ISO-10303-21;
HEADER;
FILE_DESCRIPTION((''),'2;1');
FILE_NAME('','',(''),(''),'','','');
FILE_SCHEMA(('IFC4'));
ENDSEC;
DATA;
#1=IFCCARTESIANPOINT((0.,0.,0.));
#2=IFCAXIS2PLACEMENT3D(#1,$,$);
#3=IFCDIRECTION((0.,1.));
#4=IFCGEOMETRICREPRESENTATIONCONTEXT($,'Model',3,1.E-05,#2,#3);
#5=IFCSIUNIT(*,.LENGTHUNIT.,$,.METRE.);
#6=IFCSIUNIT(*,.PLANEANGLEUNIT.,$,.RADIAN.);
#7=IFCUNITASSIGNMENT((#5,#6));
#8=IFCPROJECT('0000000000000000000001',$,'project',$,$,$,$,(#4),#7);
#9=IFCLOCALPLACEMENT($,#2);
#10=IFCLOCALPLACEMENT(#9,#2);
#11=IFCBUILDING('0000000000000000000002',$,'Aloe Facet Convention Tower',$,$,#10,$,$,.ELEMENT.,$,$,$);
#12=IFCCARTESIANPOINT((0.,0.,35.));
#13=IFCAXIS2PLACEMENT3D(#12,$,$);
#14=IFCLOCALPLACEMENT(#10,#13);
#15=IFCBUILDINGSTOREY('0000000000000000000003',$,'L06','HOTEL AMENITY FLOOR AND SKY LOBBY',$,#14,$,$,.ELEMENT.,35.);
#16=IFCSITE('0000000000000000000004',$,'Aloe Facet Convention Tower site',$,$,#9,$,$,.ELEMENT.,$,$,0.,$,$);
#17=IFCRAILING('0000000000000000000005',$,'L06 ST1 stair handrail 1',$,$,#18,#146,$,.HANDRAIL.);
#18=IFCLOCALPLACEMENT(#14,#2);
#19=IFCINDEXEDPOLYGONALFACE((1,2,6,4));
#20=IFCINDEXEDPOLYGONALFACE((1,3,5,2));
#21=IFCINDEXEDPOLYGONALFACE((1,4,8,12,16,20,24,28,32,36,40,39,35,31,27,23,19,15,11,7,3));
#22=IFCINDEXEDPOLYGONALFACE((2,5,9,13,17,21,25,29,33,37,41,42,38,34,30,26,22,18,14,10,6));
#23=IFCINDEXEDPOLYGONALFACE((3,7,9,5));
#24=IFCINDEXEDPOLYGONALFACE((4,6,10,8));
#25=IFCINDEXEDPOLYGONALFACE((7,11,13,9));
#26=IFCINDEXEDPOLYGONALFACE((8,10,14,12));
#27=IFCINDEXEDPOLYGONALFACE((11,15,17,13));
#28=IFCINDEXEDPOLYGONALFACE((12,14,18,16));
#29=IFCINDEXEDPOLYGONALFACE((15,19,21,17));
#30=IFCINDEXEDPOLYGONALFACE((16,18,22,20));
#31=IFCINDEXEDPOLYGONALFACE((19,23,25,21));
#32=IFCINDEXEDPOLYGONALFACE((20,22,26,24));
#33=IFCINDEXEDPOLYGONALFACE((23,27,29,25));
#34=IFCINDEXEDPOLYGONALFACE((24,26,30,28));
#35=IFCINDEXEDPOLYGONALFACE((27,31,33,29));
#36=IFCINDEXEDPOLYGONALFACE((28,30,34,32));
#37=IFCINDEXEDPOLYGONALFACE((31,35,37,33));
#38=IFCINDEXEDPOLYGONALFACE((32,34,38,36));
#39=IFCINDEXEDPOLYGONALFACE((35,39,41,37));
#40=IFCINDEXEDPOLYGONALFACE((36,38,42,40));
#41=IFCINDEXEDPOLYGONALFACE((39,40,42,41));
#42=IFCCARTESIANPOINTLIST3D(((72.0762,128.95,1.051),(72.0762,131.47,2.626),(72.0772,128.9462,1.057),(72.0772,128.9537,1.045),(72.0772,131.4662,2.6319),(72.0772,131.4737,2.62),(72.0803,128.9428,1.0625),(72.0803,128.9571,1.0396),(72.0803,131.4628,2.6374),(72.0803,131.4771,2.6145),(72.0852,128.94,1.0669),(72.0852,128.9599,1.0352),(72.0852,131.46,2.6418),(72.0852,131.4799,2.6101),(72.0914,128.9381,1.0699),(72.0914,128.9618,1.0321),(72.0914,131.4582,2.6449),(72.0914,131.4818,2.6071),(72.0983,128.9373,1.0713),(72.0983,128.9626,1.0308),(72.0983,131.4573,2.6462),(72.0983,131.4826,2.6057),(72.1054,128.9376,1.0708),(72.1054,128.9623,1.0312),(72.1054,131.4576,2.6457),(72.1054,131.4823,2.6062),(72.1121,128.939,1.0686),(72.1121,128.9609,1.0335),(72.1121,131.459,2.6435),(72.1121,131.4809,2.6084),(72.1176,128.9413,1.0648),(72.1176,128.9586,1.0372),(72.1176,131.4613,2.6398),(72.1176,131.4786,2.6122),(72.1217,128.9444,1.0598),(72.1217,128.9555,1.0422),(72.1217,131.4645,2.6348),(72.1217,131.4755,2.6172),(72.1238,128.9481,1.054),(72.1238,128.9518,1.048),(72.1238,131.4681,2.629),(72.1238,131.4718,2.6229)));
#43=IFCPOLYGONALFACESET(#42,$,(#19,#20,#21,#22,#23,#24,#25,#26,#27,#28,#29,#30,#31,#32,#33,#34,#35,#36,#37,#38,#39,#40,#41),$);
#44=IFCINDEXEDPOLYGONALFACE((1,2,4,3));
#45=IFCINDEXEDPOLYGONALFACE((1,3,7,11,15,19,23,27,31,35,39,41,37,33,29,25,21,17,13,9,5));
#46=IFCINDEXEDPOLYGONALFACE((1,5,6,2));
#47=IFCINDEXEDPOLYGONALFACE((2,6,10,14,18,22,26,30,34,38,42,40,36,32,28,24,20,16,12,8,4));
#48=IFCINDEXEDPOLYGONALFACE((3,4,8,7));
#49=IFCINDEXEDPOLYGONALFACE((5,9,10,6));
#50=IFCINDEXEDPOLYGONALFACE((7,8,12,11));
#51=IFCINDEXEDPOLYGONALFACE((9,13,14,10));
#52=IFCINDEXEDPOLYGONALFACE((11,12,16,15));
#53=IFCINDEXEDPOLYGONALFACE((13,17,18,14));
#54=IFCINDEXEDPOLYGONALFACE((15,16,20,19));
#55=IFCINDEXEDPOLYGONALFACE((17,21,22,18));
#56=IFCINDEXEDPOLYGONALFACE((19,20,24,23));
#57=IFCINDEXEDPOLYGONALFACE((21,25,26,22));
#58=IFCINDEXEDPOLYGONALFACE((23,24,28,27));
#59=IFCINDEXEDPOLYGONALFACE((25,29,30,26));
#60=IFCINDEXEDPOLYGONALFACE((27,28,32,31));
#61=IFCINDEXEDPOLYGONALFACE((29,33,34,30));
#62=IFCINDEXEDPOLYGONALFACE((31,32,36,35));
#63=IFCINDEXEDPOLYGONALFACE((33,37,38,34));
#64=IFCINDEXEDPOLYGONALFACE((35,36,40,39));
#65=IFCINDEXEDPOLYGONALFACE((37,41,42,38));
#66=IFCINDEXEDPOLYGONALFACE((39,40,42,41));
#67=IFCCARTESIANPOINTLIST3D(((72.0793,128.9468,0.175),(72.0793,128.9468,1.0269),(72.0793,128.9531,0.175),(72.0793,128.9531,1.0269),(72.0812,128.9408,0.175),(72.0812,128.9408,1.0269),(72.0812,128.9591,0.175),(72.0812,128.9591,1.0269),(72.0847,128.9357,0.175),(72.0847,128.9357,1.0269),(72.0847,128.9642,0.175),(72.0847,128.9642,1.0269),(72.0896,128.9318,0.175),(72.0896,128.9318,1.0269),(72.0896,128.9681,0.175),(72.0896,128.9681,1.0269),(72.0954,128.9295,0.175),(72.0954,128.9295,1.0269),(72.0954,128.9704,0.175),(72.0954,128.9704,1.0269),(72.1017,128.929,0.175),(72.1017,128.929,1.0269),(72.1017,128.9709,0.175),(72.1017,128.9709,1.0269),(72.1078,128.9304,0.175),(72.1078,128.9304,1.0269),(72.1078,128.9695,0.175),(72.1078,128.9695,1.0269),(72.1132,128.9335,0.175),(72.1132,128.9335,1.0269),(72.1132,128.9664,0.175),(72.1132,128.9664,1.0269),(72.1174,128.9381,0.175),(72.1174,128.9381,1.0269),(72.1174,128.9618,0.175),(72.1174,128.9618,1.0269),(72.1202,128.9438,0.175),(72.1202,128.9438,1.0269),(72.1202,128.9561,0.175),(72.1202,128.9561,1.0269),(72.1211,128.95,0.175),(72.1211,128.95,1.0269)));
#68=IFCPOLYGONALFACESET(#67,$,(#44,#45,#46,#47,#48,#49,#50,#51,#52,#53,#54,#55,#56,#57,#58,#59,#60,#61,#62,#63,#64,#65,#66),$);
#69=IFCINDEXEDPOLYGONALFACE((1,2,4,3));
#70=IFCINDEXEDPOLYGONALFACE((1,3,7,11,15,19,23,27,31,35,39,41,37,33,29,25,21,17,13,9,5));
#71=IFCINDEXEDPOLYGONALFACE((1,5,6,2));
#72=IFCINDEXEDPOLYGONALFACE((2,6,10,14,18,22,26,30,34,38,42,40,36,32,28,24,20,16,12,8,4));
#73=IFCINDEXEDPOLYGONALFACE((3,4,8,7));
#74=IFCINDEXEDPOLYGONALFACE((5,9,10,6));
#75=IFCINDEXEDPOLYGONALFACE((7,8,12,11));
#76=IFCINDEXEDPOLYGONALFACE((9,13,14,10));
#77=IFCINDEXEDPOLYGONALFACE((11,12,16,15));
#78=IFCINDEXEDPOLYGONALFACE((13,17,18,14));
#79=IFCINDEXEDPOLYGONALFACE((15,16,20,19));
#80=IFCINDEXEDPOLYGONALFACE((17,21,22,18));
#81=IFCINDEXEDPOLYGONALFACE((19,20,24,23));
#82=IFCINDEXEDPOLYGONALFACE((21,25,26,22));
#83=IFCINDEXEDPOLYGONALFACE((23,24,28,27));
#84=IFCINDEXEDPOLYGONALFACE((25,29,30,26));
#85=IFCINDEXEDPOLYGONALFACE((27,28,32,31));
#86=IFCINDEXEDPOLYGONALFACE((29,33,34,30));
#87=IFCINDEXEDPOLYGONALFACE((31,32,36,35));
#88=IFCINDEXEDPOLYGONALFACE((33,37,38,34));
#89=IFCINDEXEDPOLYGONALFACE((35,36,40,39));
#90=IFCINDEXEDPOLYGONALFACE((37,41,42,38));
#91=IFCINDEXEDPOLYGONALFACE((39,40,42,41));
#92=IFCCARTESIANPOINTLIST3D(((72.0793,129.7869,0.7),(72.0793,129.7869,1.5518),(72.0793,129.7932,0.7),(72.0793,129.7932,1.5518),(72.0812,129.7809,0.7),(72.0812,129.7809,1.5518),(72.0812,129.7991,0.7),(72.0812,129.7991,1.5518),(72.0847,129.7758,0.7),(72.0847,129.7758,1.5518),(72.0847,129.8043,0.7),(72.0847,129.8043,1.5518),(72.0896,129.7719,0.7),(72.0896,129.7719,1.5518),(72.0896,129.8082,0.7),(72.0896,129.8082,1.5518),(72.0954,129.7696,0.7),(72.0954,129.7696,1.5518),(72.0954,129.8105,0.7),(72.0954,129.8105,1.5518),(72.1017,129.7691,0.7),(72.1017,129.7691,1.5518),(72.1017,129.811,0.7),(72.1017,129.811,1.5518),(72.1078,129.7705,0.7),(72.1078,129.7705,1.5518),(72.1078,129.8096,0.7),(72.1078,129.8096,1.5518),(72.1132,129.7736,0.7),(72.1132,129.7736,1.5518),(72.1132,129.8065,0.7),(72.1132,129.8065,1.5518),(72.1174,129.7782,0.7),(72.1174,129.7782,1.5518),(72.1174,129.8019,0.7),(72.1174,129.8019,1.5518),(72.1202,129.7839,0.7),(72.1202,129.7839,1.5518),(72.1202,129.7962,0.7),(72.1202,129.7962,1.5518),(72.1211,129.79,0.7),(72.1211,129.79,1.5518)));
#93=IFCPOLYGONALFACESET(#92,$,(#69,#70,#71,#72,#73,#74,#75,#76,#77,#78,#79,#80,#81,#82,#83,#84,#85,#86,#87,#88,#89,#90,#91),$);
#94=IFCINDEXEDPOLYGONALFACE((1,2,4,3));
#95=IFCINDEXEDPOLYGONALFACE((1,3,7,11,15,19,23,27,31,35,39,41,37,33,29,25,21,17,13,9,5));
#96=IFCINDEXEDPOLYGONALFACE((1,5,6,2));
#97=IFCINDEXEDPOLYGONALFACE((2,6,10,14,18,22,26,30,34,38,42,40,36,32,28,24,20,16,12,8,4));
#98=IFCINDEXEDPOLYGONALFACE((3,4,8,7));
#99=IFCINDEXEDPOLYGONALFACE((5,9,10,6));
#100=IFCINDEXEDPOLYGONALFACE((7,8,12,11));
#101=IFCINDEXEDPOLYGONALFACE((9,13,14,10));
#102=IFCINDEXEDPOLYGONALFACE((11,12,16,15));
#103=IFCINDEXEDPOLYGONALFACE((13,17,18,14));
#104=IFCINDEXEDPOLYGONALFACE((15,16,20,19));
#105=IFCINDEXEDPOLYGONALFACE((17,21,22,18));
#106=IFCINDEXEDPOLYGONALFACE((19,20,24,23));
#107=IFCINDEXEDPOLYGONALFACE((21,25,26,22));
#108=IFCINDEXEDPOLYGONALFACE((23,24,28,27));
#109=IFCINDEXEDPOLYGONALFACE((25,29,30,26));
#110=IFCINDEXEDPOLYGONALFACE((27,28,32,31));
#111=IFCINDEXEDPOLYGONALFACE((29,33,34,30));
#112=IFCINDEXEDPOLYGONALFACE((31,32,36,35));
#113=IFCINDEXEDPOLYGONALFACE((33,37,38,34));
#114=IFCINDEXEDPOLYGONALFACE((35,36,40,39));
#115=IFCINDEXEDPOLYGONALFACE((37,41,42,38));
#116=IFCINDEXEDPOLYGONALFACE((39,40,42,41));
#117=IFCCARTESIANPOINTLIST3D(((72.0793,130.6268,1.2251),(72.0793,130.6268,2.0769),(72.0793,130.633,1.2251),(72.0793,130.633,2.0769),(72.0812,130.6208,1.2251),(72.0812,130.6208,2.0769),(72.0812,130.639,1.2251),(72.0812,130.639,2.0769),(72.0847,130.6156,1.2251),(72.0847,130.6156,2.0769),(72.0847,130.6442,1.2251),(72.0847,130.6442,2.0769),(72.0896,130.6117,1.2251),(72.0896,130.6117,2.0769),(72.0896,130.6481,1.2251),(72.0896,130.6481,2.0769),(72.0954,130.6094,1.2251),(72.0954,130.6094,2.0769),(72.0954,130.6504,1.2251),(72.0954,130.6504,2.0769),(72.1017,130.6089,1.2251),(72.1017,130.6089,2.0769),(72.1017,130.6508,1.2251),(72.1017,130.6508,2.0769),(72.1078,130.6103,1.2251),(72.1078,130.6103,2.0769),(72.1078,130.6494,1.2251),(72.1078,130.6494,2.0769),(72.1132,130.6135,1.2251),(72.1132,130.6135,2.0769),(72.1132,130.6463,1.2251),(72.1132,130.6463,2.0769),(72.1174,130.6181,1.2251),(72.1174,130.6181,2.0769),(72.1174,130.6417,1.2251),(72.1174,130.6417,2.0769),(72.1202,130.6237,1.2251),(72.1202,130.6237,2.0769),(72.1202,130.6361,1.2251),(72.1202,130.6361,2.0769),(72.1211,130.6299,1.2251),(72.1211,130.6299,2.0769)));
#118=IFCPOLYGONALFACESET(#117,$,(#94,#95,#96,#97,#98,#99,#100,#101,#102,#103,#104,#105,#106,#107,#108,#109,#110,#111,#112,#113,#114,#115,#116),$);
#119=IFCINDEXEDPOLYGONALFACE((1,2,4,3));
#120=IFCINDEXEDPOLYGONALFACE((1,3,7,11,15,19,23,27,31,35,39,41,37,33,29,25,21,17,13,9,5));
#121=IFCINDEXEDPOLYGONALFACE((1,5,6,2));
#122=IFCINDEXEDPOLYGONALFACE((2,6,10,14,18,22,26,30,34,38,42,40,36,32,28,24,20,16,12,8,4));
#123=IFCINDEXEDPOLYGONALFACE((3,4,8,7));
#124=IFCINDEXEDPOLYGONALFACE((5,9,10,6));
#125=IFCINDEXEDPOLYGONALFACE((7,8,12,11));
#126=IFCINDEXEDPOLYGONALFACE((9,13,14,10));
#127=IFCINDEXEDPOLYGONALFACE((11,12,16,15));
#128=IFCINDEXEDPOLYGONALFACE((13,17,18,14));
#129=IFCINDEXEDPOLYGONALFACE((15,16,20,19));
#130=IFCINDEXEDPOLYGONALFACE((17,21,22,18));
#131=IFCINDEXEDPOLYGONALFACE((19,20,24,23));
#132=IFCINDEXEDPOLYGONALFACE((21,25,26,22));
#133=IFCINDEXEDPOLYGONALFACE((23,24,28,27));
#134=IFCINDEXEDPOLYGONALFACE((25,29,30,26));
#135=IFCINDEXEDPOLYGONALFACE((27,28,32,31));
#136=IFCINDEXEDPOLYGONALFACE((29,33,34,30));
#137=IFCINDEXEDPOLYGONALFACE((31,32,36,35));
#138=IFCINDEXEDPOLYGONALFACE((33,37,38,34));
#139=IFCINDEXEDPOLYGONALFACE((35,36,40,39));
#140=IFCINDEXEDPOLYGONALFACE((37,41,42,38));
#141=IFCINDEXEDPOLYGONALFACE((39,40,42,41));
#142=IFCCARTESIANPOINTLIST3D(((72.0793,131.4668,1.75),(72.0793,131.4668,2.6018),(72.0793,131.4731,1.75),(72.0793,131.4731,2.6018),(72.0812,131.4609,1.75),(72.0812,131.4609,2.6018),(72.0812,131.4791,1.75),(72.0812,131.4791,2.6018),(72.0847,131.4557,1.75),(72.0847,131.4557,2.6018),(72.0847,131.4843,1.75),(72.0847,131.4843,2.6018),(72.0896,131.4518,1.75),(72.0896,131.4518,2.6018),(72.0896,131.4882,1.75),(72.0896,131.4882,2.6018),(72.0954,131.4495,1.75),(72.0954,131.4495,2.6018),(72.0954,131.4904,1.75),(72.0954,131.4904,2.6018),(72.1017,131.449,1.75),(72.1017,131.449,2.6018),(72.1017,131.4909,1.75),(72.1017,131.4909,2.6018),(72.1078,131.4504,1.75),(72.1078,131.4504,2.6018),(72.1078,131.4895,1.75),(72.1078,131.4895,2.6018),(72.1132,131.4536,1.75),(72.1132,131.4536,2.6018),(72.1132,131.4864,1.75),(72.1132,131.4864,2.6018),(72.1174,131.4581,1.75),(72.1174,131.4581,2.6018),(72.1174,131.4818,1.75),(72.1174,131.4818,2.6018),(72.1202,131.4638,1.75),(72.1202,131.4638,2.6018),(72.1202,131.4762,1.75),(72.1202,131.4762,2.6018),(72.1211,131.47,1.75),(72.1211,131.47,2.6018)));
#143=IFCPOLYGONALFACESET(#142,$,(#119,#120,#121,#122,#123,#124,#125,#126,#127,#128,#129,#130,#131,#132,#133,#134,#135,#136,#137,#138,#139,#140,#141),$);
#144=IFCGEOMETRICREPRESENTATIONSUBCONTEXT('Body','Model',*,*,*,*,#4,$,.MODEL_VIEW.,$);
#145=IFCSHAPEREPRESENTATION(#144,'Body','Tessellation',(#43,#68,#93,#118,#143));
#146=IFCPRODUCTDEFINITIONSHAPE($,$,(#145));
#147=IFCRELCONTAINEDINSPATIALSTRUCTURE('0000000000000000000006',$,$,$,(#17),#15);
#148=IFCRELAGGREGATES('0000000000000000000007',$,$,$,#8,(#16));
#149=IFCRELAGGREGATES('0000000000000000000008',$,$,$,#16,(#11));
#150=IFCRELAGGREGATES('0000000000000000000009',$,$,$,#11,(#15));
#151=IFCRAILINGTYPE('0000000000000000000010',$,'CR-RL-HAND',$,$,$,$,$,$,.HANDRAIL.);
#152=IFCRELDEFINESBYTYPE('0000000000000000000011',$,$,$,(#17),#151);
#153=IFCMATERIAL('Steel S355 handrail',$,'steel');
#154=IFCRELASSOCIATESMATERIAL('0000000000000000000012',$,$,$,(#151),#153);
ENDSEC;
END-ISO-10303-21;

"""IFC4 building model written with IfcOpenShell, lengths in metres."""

from ifc_helpers import new_model, si_unit, direction, frame, origin, origin_2d, place, context, subcontext, project, spatial, circle, extrude, material, type_object, element, save


model = new_model("IFC4")

# Units and contexts
model_context = context("Model", 3, precision=1e-05, world=origin(), true_north=direction((0.0, 1.0)))
body_context = subcontext(model_context, "Body", "Model", "MODEL_VIEW")
ifc_project = project(units=[si_unit("LENGTHUNIT", "METRE"), si_unit("PLANEANGLEUNIT", "RADIAN")], contexts=[model_context])

# Site, building, storey
site_placement = place(None, origin())
site = spatial("IfcSite", under=ifc_project, at=site_placement, Name="Aloe Facet Convention Tower site", CompositionType="ELEMENT", RefElevation=0.0)
building_placement = place(site_placement, origin())
building = spatial("IfcBuilding", under=site, at=building_placement, Name="Aloe Facet Convention Tower", CompositionType="ELEMENT")
storey_placement = place(building_placement, frame((0.0, 0.0, 35.0)))
storey = spatial("IfcBuildingStorey", under=building, at=storey_placement, Name="L06", Description="HOTEL AMENITY FLOOR AND SKY LOBBY", CompositionType="ELEMENT", Elevation=35.0)

# Railing
ifc_material_1 = material(Name="Steel S355 handrail", Category="steel")
railing_type_1 = type_object("IfcRailingType", Name="CR-RL-HAND", PredefinedType="HANDRAIL", material=ifc_material_1)
railing_1_placement = place(storey_placement, frame((72.1001, 128.95, 0.175)))
element("IfcRailing", 1, at=railing_1_placement, inside=storey, type_object=railing_type_1, Name="L06 ST1 stair handrail 1", PredefinedType="HANDRAIL", context=body_context, shape_type="SweptSolid", body=[
    extrude(circle(Radius=0.0239, at=origin_2d()), frame((0.0, 0.0, 0.876), z_axis=(0.0, 0.848008, 0.529984), x_axis=(-1.0, 0.0, 0.0)), (0.0, 0.0, 1.0), 2.9717),
    extrude(circle(Radius=0.021, at=origin_2d()), origin(), (0.0, 0.0, 1.0), 0.8518),
    extrude(circle(Radius=0.021, at=origin_2d()), frame((0.0, 0.8401, 0.5249)), (0.0, 0.0, 1.0), 0.8518),
    extrude(circle(Radius=0.021, at=origin_2d()), frame((0.0, 1.6799, 1.05)), (0.0, 0.0, 1.0), 0.8518),
    extrude(circle(Radius=0.021, at=origin_2d()), frame((0.0, 2.52, 1.575)), (0.0, 0.0, 1.0), 0.8518),
])

save(model, "model.ifc")
